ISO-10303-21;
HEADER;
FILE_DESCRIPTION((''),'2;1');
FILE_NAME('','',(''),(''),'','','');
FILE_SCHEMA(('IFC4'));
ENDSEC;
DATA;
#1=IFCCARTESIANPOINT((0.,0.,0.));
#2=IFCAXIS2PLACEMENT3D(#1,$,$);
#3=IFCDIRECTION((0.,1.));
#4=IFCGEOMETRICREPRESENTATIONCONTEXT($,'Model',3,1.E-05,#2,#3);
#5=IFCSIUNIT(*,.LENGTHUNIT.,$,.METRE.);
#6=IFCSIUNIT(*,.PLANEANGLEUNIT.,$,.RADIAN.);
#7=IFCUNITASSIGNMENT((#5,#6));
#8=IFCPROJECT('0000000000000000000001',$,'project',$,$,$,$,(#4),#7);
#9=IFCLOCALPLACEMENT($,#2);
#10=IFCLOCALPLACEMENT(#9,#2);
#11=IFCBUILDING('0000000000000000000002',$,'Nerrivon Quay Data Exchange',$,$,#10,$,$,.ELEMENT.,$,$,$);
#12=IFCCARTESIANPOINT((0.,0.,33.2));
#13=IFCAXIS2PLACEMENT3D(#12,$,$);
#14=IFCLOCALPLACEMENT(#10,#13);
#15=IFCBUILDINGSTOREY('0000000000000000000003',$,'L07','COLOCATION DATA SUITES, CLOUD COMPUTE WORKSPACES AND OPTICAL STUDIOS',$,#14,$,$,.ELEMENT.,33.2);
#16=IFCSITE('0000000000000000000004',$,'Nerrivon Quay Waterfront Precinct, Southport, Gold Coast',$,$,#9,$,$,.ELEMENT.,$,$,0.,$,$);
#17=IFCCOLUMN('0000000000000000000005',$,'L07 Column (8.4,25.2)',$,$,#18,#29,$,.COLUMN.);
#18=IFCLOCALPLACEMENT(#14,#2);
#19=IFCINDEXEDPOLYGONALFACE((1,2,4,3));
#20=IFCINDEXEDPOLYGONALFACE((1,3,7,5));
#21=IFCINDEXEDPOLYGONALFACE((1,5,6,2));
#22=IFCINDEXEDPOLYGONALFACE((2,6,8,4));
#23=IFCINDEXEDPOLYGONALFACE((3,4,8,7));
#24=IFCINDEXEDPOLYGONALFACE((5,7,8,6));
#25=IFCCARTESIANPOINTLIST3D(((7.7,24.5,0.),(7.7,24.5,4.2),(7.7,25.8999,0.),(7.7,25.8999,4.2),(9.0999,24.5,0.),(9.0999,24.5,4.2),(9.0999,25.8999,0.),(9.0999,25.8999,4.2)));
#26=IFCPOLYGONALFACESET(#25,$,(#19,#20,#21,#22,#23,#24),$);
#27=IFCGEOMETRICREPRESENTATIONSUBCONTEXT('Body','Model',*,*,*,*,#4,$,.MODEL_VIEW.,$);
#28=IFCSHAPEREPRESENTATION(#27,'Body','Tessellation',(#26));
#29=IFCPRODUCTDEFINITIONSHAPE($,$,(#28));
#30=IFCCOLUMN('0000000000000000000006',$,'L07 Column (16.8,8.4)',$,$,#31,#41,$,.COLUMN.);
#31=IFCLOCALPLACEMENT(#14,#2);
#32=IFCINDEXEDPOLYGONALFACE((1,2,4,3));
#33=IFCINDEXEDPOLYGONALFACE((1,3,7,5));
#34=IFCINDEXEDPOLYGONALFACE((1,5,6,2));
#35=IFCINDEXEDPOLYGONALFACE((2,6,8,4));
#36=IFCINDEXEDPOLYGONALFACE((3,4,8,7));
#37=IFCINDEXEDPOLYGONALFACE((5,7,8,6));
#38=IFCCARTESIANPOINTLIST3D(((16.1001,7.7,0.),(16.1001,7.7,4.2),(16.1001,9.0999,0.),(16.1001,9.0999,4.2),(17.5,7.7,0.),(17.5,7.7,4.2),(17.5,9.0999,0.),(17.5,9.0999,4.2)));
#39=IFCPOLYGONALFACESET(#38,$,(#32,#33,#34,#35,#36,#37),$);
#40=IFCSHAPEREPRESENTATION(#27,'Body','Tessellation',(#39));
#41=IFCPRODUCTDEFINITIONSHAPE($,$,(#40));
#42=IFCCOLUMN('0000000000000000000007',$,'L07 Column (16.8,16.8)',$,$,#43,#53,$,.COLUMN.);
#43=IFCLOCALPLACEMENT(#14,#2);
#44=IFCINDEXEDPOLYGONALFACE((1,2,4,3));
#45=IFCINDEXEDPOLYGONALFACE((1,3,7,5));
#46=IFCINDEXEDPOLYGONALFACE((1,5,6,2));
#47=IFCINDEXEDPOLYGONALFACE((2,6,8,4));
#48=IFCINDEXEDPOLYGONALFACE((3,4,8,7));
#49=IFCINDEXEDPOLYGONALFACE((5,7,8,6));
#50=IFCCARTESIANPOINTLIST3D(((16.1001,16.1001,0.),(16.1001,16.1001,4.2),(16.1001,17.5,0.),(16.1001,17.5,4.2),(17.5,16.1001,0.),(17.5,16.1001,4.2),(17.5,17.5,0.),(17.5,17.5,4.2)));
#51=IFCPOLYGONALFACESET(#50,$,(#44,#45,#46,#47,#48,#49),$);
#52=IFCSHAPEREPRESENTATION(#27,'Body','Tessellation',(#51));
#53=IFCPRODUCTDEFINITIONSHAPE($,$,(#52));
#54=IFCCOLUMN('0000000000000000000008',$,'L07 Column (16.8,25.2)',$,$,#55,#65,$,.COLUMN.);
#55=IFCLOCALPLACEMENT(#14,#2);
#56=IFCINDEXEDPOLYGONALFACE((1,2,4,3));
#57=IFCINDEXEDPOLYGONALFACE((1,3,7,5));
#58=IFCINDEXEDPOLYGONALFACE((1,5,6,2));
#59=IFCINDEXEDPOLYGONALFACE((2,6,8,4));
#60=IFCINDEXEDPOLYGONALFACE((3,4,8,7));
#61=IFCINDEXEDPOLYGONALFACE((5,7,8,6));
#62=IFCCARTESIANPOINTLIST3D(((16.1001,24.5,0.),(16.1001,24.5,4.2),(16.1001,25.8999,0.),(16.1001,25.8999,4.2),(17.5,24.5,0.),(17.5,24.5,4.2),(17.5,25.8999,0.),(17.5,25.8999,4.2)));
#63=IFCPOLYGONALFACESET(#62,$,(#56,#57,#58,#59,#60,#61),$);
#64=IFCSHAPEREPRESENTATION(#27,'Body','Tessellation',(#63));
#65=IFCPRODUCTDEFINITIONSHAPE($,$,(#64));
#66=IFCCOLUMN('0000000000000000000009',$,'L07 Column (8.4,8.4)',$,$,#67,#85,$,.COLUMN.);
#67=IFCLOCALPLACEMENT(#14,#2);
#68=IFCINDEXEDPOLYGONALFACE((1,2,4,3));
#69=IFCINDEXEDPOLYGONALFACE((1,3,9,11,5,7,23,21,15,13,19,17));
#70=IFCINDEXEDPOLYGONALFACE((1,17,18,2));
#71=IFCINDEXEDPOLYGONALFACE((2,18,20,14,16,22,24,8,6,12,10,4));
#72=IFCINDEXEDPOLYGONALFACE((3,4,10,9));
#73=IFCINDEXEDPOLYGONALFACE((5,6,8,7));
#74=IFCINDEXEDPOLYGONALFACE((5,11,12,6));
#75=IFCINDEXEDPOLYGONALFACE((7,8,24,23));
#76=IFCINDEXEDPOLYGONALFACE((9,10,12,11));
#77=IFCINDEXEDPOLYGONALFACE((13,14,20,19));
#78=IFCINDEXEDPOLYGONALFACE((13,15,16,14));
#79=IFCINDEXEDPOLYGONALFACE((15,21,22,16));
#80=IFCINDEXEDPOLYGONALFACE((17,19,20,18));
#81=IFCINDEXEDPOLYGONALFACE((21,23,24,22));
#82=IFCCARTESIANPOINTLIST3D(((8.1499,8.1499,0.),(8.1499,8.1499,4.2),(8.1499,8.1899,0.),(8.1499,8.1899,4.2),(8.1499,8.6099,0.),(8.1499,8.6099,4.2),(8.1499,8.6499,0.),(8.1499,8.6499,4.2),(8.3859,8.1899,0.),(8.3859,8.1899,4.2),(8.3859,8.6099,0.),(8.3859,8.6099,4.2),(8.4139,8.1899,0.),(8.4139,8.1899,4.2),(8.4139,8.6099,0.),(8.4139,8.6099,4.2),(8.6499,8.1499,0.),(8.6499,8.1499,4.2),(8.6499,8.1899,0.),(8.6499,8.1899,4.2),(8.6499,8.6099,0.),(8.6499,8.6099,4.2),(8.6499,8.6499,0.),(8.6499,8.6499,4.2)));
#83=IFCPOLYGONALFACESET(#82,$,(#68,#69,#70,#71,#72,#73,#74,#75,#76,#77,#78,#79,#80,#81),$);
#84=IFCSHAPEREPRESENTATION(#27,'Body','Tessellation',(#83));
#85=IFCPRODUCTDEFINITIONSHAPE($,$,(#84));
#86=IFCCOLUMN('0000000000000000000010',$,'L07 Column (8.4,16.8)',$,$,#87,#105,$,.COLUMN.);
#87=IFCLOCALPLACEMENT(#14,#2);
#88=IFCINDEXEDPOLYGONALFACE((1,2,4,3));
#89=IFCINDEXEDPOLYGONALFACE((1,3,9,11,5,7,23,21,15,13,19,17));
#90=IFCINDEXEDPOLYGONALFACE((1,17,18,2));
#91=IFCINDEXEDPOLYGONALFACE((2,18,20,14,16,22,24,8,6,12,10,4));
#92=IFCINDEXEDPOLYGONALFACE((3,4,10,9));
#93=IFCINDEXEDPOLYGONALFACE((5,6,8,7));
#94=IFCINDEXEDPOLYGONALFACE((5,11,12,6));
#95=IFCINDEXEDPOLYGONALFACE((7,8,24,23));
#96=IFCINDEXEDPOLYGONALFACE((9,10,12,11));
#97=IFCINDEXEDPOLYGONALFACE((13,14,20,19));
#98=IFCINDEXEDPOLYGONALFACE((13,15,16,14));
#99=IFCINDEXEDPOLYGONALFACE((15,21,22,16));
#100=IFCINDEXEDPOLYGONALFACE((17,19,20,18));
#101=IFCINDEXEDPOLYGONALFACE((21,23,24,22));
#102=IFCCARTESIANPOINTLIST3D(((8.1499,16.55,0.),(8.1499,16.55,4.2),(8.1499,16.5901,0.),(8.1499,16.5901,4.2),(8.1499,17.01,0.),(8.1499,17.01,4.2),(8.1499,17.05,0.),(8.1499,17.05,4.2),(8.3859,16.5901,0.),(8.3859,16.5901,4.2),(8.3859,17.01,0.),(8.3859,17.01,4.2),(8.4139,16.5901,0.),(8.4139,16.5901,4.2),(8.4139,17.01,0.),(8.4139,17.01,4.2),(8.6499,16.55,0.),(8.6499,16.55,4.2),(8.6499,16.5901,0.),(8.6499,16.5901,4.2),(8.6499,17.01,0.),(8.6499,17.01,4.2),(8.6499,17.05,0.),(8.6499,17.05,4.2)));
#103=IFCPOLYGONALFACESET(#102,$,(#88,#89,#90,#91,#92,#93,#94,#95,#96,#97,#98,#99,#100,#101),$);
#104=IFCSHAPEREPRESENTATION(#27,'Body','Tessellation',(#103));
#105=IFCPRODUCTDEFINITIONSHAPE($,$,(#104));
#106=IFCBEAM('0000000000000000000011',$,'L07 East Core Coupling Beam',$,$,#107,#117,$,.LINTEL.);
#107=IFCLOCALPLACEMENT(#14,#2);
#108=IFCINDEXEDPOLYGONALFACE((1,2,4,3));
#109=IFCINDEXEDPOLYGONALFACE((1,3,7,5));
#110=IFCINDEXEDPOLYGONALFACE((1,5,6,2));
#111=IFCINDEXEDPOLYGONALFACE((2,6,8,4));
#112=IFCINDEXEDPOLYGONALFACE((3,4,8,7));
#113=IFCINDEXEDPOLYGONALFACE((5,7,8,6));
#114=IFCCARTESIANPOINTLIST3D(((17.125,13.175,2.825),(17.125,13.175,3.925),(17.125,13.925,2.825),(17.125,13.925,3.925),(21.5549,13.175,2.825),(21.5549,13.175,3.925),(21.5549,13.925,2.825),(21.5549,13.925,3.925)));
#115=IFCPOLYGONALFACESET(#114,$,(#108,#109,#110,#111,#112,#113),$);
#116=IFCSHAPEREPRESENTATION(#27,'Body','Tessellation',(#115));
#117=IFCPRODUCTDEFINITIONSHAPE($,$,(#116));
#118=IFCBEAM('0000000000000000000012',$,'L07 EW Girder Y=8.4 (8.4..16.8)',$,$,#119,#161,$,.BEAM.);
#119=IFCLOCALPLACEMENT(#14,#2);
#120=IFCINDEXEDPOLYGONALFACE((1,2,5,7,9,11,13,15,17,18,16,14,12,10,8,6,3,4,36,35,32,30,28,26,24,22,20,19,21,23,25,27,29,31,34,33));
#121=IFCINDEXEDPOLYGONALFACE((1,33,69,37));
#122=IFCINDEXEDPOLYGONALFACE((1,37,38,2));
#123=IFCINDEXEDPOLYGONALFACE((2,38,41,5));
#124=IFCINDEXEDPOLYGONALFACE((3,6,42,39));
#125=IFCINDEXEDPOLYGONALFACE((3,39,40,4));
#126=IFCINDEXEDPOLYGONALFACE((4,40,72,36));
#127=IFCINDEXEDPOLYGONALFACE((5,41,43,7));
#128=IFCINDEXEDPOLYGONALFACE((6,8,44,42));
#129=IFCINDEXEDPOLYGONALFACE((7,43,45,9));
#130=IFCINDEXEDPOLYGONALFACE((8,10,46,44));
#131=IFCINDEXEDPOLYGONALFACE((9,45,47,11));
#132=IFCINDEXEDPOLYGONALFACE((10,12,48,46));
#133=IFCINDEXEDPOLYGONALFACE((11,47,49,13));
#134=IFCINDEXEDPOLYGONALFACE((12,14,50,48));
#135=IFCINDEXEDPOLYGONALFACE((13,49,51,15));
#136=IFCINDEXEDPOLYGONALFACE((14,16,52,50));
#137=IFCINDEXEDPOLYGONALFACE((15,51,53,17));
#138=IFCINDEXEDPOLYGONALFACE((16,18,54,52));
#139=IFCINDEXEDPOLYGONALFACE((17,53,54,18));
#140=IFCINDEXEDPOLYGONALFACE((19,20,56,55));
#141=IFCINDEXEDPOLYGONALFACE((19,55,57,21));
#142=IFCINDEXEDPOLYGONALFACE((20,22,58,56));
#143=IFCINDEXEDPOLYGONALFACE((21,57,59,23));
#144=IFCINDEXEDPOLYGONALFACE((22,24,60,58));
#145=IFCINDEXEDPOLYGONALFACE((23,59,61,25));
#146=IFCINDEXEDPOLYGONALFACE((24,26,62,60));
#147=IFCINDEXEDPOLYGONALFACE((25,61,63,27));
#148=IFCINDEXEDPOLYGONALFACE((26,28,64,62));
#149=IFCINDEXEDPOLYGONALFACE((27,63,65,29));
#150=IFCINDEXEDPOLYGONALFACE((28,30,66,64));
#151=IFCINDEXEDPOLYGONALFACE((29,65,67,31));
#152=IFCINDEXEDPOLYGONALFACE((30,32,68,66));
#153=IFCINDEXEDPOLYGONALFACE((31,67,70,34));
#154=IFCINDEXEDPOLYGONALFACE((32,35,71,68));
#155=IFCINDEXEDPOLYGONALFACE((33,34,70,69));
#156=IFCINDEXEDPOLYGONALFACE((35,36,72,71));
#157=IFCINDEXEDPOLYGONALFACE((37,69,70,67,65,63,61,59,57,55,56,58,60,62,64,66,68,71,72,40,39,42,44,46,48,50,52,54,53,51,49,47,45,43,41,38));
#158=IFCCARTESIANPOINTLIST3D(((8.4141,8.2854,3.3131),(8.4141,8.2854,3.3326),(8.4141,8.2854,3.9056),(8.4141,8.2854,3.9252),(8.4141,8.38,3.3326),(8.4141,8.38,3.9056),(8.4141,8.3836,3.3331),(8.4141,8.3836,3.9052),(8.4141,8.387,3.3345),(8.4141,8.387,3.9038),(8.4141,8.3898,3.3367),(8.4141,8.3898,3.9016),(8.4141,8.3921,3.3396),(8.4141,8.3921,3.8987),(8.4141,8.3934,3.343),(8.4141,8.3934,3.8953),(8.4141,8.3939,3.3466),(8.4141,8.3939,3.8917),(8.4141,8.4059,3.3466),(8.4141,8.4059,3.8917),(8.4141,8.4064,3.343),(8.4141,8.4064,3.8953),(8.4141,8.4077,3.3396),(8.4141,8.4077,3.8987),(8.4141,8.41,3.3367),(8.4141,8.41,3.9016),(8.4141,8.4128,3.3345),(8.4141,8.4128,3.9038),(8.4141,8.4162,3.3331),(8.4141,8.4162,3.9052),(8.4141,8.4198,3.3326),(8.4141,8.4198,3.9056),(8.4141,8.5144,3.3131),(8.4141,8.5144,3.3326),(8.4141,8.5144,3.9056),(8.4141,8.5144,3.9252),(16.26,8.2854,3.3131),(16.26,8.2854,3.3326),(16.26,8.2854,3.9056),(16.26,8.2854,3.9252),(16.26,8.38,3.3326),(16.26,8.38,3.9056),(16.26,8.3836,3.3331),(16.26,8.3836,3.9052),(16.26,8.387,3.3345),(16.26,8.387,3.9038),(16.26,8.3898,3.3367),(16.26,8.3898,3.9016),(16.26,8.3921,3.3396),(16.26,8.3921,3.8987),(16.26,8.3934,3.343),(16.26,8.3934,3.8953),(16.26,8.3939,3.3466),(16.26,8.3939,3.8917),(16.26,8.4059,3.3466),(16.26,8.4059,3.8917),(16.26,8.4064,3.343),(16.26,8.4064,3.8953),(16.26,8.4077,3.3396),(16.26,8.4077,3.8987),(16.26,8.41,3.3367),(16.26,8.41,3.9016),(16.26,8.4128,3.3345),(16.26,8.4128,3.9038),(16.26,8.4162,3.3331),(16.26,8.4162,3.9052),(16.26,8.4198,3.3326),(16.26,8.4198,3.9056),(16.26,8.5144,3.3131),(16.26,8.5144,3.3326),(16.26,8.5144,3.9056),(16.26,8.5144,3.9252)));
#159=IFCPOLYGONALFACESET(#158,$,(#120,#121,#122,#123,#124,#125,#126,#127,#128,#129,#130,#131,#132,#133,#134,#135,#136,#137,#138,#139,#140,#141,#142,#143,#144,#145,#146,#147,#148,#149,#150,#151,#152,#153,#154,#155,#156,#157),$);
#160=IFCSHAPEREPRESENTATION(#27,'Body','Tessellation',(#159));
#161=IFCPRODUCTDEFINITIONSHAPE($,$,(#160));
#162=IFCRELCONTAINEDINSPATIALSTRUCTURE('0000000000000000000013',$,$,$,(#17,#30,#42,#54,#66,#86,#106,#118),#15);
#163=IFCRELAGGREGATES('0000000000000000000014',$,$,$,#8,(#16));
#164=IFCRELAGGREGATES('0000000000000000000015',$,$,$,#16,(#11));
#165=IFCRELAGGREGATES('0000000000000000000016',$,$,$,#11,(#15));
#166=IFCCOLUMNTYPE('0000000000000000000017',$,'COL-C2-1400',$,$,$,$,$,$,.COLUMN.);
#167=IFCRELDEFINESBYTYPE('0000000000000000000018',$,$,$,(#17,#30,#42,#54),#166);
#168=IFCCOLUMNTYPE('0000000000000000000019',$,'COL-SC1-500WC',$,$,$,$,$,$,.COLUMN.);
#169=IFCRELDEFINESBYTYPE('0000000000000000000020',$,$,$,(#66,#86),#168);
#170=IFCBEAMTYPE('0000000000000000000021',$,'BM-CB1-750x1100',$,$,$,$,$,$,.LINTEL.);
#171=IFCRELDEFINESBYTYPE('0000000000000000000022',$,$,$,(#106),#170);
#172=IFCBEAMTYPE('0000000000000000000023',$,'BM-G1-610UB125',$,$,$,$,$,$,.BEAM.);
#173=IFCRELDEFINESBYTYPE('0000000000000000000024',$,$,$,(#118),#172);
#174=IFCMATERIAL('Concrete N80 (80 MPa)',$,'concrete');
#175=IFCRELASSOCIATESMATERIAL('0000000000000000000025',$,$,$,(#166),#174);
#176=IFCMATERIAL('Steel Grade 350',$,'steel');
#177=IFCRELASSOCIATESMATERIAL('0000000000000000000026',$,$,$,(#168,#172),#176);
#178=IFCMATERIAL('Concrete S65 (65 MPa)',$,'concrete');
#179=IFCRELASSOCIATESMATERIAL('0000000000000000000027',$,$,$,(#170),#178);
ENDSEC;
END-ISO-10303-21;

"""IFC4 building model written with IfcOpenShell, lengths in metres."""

from ifc_helpers import new_model, si_unit, direction, frame, origin, origin_2d, place, context, subcontext, project, spatial, rectangle, i_section, extrude, material, material_profile, profile_set, type_object, element, save


model = new_model("IFC4")

# Units and contexts
model_context = context("Model", 3, precision=1e-05, world=origin(), true_north=direction((0.0, 1.0)))
body_context = subcontext(model_context, "Body", "Model", "MODEL_VIEW")
ifc_project = project(units=[si_unit("LENGTHUNIT", "METRE"), si_unit("PLANEANGLEUNIT", "RADIAN")], contexts=[model_context])

# Site, building, storey
site_placement = place(None, origin())
site = spatial("IfcSite", under=ifc_project, at=site_placement, Name="Nerrivon Quay Waterfront Precinct, Southport, Gold Coast", CompositionType="ELEMENT", RefElevation=0.0)
building_placement = place(site_placement, origin())
building = spatial("IfcBuilding", under=site, at=building_placement, Name="Nerrivon Quay Data Exchange", CompositionType="ELEMENT")
storey_placement = place(building_placement, frame((0.0, 0.0, 33.2)))
storey = spatial("IfcBuildingStorey", under=building, at=storey_placement, Name="L07", Description="COLOCATION DATA SUITES, CLOUD COMPUTE WORKSPACES AND OPTICAL STUDIOS", CompositionType="ELEMENT", Elevation=33.2)

# Columns
ifc_material_1 = material(Name="Concrete N80 (80 MPa)", Category="concrete")
ifc_material_profile_1 = material_profile(ifc_material_1, rectangle(XDim=1.3999, YDim=1.3999, at=origin_2d()), Name="RC-COL-1400x1400")
ifc_profile_set_1 = profile_set([ifc_material_profile_1], Name="Concrete N80 (80 MPa)")
column_type_1 = type_object("IfcColumnType", Name="COL-C2-1400", PredefinedType="COLUMN", material=ifc_profile_set_1)
for number, where, z_axis, x_axis, name in (
    (1, (8.3999, 25.2, 0.0), (0.0, 0.0, 1.0), (1.0, 0.0, 0.0), "L07 Column (8.4,25.2)"),
    (2, (16.8, 8.3999, 0.0), (0.0, 0.0, 1.0), (1.0, 0.0, 0.0), "L07 Column (16.8,8.4)"),
    (3, (16.8, 16.8, 0.0), (0.0, 0.0, 1.0), (1.0, 0.0, 0.0), "L07 Column (16.8,16.8)"),
    (4, (16.8, 25.2, 0.0), (0.0, 0.0, 1.0), (1.0, 0.0, 0.0), "L07 Column (16.8,25.2)"),
):
    element("IfcColumn", number, at=place(storey_placement, frame(where, z_axis=z_axis, x_axis=x_axis)), inside=storey, type_object=column_type_1, Name=name, PredefinedType="COLUMN", context=body_context, shape_type="SweptSolid", body=[
        extrude(rectangle(XDim=1.3999, YDim=1.3999, at=origin_2d()), origin(), (0.0, 0.0, 1.0), 4.2),
    ])
ifc_material_2 = material(Name="Steel Grade 350", Category="steel")
ifc_material_profile_2 = material_profile(ifc_material_2, i_section(OverallWidth=0.5, OverallDepth=0.5, WebThickness=0.0281, FlangeThickness=0.04, at=origin_2d()), Name="500WC440")
ifc_profile_set_2 = profile_set([ifc_material_profile_2], Name="Steel Grade 350")
column_type_2 = type_object("IfcColumnType", Name="COL-SC1-500WC", PredefinedType="COLUMN", material=ifc_profile_set_2)
for number, where, z_axis, x_axis, name in (
    (5, (8.3999, 8.3999, 0.0), (0.0, 0.0, 1.0), (1.0, 0.0, 0.0), "L07 Column (8.4,8.4)"),
    (6, (8.3999, 16.8, 0.0), (0.0, 0.0, 1.0), (1.0, 0.0, 0.0), "L07 Column (8.4,16.8)"),
):
    element("IfcColumn", number, at=place(storey_placement, frame(where, z_axis=z_axis, x_axis=x_axis)), inside=storey, type_object=column_type_2, Name=name, PredefinedType="COLUMN", context=body_context, shape_type="SweptSolid", body=[
        extrude(i_section(OverallWidth=0.5, OverallDepth=0.5, WebThickness=0.0281, FlangeThickness=0.04, at=origin_2d()), origin(), (0.0, 0.0, 1.0), 4.2),
    ])

# Beams
ifc_material_3 = material(Name="Concrete S65 (65 MPa)", Category="concrete")
ifc_material_profile_3 = material_profile(ifc_material_3, rectangle(XDim=0.75, YDim=1.1001, at=origin_2d()), Name="RC-CB-750x1100")
ifc_profile_set_3 = profile_set([ifc_material_profile_3], Name="Concrete S65 (65 MPa)")
beam_type_1 = type_object("IfcBeamType", Name="BM-CB1-750x1100", PredefinedType="LINTEL", material=ifc_profile_set_3)
beam_1_placement = place(storey_placement, frame((17.125, 13.55, 3.375), z_axis=(1.0, 0.0, 0.0), x_axis=(0.0, 1.0, 0.0)))
element("IfcBeam", 7, at=beam_1_placement, inside=storey, type_object=beam_type_1, Name="L07 East Core Coupling Beam", PredefinedType="LINTEL", context=body_context, shape_type="SweptSolid", body=[
    extrude(rectangle(XDim=0.75, YDim=1.1001, at=origin_2d()), origin(), (0.0, 0.0, 1.0), 4.4299),
])
ifc_material_profile_4 = material_profile(ifc_material_2, i_section(OverallWidth=0.229, OverallDepth=0.6121, WebThickness=0.012, FlangeThickness=0.0195, FilletRadius=0.0139, at=origin_2d()), Name="610UB125")
ifc_profile_set_4 = profile_set([ifc_material_profile_4], Name="Steel Grade 350")
beam_type_2 = type_object("IfcBeamType", Name="BM-G1-610UB125", PredefinedType="BEAM", material=ifc_profile_set_4)
beam_2_placement = place(storey_placement, frame((8.4141, 8.3999, 3.6191), z_axis=(1.0, 0.0, 0.0), x_axis=(0.0, 1.0, 0.0)))
element("IfcBeam", 8, at=beam_2_placement, inside=storey, type_object=beam_type_2, Name="L07 EW Girder Y=8.4 (8.4..16.8)", PredefinedType="BEAM", context=body_context, shape_type="SweptSolid", body=[
    extrude(i_section(OverallWidth=0.229, OverallDepth=0.6121, WebThickness=0.012, FlangeThickness=0.0195, FilletRadius=0.0139, at=origin_2d()), origin(), (0.0, 0.0, 1.0), 7.8459),
])

save(model, "model.ifc")
